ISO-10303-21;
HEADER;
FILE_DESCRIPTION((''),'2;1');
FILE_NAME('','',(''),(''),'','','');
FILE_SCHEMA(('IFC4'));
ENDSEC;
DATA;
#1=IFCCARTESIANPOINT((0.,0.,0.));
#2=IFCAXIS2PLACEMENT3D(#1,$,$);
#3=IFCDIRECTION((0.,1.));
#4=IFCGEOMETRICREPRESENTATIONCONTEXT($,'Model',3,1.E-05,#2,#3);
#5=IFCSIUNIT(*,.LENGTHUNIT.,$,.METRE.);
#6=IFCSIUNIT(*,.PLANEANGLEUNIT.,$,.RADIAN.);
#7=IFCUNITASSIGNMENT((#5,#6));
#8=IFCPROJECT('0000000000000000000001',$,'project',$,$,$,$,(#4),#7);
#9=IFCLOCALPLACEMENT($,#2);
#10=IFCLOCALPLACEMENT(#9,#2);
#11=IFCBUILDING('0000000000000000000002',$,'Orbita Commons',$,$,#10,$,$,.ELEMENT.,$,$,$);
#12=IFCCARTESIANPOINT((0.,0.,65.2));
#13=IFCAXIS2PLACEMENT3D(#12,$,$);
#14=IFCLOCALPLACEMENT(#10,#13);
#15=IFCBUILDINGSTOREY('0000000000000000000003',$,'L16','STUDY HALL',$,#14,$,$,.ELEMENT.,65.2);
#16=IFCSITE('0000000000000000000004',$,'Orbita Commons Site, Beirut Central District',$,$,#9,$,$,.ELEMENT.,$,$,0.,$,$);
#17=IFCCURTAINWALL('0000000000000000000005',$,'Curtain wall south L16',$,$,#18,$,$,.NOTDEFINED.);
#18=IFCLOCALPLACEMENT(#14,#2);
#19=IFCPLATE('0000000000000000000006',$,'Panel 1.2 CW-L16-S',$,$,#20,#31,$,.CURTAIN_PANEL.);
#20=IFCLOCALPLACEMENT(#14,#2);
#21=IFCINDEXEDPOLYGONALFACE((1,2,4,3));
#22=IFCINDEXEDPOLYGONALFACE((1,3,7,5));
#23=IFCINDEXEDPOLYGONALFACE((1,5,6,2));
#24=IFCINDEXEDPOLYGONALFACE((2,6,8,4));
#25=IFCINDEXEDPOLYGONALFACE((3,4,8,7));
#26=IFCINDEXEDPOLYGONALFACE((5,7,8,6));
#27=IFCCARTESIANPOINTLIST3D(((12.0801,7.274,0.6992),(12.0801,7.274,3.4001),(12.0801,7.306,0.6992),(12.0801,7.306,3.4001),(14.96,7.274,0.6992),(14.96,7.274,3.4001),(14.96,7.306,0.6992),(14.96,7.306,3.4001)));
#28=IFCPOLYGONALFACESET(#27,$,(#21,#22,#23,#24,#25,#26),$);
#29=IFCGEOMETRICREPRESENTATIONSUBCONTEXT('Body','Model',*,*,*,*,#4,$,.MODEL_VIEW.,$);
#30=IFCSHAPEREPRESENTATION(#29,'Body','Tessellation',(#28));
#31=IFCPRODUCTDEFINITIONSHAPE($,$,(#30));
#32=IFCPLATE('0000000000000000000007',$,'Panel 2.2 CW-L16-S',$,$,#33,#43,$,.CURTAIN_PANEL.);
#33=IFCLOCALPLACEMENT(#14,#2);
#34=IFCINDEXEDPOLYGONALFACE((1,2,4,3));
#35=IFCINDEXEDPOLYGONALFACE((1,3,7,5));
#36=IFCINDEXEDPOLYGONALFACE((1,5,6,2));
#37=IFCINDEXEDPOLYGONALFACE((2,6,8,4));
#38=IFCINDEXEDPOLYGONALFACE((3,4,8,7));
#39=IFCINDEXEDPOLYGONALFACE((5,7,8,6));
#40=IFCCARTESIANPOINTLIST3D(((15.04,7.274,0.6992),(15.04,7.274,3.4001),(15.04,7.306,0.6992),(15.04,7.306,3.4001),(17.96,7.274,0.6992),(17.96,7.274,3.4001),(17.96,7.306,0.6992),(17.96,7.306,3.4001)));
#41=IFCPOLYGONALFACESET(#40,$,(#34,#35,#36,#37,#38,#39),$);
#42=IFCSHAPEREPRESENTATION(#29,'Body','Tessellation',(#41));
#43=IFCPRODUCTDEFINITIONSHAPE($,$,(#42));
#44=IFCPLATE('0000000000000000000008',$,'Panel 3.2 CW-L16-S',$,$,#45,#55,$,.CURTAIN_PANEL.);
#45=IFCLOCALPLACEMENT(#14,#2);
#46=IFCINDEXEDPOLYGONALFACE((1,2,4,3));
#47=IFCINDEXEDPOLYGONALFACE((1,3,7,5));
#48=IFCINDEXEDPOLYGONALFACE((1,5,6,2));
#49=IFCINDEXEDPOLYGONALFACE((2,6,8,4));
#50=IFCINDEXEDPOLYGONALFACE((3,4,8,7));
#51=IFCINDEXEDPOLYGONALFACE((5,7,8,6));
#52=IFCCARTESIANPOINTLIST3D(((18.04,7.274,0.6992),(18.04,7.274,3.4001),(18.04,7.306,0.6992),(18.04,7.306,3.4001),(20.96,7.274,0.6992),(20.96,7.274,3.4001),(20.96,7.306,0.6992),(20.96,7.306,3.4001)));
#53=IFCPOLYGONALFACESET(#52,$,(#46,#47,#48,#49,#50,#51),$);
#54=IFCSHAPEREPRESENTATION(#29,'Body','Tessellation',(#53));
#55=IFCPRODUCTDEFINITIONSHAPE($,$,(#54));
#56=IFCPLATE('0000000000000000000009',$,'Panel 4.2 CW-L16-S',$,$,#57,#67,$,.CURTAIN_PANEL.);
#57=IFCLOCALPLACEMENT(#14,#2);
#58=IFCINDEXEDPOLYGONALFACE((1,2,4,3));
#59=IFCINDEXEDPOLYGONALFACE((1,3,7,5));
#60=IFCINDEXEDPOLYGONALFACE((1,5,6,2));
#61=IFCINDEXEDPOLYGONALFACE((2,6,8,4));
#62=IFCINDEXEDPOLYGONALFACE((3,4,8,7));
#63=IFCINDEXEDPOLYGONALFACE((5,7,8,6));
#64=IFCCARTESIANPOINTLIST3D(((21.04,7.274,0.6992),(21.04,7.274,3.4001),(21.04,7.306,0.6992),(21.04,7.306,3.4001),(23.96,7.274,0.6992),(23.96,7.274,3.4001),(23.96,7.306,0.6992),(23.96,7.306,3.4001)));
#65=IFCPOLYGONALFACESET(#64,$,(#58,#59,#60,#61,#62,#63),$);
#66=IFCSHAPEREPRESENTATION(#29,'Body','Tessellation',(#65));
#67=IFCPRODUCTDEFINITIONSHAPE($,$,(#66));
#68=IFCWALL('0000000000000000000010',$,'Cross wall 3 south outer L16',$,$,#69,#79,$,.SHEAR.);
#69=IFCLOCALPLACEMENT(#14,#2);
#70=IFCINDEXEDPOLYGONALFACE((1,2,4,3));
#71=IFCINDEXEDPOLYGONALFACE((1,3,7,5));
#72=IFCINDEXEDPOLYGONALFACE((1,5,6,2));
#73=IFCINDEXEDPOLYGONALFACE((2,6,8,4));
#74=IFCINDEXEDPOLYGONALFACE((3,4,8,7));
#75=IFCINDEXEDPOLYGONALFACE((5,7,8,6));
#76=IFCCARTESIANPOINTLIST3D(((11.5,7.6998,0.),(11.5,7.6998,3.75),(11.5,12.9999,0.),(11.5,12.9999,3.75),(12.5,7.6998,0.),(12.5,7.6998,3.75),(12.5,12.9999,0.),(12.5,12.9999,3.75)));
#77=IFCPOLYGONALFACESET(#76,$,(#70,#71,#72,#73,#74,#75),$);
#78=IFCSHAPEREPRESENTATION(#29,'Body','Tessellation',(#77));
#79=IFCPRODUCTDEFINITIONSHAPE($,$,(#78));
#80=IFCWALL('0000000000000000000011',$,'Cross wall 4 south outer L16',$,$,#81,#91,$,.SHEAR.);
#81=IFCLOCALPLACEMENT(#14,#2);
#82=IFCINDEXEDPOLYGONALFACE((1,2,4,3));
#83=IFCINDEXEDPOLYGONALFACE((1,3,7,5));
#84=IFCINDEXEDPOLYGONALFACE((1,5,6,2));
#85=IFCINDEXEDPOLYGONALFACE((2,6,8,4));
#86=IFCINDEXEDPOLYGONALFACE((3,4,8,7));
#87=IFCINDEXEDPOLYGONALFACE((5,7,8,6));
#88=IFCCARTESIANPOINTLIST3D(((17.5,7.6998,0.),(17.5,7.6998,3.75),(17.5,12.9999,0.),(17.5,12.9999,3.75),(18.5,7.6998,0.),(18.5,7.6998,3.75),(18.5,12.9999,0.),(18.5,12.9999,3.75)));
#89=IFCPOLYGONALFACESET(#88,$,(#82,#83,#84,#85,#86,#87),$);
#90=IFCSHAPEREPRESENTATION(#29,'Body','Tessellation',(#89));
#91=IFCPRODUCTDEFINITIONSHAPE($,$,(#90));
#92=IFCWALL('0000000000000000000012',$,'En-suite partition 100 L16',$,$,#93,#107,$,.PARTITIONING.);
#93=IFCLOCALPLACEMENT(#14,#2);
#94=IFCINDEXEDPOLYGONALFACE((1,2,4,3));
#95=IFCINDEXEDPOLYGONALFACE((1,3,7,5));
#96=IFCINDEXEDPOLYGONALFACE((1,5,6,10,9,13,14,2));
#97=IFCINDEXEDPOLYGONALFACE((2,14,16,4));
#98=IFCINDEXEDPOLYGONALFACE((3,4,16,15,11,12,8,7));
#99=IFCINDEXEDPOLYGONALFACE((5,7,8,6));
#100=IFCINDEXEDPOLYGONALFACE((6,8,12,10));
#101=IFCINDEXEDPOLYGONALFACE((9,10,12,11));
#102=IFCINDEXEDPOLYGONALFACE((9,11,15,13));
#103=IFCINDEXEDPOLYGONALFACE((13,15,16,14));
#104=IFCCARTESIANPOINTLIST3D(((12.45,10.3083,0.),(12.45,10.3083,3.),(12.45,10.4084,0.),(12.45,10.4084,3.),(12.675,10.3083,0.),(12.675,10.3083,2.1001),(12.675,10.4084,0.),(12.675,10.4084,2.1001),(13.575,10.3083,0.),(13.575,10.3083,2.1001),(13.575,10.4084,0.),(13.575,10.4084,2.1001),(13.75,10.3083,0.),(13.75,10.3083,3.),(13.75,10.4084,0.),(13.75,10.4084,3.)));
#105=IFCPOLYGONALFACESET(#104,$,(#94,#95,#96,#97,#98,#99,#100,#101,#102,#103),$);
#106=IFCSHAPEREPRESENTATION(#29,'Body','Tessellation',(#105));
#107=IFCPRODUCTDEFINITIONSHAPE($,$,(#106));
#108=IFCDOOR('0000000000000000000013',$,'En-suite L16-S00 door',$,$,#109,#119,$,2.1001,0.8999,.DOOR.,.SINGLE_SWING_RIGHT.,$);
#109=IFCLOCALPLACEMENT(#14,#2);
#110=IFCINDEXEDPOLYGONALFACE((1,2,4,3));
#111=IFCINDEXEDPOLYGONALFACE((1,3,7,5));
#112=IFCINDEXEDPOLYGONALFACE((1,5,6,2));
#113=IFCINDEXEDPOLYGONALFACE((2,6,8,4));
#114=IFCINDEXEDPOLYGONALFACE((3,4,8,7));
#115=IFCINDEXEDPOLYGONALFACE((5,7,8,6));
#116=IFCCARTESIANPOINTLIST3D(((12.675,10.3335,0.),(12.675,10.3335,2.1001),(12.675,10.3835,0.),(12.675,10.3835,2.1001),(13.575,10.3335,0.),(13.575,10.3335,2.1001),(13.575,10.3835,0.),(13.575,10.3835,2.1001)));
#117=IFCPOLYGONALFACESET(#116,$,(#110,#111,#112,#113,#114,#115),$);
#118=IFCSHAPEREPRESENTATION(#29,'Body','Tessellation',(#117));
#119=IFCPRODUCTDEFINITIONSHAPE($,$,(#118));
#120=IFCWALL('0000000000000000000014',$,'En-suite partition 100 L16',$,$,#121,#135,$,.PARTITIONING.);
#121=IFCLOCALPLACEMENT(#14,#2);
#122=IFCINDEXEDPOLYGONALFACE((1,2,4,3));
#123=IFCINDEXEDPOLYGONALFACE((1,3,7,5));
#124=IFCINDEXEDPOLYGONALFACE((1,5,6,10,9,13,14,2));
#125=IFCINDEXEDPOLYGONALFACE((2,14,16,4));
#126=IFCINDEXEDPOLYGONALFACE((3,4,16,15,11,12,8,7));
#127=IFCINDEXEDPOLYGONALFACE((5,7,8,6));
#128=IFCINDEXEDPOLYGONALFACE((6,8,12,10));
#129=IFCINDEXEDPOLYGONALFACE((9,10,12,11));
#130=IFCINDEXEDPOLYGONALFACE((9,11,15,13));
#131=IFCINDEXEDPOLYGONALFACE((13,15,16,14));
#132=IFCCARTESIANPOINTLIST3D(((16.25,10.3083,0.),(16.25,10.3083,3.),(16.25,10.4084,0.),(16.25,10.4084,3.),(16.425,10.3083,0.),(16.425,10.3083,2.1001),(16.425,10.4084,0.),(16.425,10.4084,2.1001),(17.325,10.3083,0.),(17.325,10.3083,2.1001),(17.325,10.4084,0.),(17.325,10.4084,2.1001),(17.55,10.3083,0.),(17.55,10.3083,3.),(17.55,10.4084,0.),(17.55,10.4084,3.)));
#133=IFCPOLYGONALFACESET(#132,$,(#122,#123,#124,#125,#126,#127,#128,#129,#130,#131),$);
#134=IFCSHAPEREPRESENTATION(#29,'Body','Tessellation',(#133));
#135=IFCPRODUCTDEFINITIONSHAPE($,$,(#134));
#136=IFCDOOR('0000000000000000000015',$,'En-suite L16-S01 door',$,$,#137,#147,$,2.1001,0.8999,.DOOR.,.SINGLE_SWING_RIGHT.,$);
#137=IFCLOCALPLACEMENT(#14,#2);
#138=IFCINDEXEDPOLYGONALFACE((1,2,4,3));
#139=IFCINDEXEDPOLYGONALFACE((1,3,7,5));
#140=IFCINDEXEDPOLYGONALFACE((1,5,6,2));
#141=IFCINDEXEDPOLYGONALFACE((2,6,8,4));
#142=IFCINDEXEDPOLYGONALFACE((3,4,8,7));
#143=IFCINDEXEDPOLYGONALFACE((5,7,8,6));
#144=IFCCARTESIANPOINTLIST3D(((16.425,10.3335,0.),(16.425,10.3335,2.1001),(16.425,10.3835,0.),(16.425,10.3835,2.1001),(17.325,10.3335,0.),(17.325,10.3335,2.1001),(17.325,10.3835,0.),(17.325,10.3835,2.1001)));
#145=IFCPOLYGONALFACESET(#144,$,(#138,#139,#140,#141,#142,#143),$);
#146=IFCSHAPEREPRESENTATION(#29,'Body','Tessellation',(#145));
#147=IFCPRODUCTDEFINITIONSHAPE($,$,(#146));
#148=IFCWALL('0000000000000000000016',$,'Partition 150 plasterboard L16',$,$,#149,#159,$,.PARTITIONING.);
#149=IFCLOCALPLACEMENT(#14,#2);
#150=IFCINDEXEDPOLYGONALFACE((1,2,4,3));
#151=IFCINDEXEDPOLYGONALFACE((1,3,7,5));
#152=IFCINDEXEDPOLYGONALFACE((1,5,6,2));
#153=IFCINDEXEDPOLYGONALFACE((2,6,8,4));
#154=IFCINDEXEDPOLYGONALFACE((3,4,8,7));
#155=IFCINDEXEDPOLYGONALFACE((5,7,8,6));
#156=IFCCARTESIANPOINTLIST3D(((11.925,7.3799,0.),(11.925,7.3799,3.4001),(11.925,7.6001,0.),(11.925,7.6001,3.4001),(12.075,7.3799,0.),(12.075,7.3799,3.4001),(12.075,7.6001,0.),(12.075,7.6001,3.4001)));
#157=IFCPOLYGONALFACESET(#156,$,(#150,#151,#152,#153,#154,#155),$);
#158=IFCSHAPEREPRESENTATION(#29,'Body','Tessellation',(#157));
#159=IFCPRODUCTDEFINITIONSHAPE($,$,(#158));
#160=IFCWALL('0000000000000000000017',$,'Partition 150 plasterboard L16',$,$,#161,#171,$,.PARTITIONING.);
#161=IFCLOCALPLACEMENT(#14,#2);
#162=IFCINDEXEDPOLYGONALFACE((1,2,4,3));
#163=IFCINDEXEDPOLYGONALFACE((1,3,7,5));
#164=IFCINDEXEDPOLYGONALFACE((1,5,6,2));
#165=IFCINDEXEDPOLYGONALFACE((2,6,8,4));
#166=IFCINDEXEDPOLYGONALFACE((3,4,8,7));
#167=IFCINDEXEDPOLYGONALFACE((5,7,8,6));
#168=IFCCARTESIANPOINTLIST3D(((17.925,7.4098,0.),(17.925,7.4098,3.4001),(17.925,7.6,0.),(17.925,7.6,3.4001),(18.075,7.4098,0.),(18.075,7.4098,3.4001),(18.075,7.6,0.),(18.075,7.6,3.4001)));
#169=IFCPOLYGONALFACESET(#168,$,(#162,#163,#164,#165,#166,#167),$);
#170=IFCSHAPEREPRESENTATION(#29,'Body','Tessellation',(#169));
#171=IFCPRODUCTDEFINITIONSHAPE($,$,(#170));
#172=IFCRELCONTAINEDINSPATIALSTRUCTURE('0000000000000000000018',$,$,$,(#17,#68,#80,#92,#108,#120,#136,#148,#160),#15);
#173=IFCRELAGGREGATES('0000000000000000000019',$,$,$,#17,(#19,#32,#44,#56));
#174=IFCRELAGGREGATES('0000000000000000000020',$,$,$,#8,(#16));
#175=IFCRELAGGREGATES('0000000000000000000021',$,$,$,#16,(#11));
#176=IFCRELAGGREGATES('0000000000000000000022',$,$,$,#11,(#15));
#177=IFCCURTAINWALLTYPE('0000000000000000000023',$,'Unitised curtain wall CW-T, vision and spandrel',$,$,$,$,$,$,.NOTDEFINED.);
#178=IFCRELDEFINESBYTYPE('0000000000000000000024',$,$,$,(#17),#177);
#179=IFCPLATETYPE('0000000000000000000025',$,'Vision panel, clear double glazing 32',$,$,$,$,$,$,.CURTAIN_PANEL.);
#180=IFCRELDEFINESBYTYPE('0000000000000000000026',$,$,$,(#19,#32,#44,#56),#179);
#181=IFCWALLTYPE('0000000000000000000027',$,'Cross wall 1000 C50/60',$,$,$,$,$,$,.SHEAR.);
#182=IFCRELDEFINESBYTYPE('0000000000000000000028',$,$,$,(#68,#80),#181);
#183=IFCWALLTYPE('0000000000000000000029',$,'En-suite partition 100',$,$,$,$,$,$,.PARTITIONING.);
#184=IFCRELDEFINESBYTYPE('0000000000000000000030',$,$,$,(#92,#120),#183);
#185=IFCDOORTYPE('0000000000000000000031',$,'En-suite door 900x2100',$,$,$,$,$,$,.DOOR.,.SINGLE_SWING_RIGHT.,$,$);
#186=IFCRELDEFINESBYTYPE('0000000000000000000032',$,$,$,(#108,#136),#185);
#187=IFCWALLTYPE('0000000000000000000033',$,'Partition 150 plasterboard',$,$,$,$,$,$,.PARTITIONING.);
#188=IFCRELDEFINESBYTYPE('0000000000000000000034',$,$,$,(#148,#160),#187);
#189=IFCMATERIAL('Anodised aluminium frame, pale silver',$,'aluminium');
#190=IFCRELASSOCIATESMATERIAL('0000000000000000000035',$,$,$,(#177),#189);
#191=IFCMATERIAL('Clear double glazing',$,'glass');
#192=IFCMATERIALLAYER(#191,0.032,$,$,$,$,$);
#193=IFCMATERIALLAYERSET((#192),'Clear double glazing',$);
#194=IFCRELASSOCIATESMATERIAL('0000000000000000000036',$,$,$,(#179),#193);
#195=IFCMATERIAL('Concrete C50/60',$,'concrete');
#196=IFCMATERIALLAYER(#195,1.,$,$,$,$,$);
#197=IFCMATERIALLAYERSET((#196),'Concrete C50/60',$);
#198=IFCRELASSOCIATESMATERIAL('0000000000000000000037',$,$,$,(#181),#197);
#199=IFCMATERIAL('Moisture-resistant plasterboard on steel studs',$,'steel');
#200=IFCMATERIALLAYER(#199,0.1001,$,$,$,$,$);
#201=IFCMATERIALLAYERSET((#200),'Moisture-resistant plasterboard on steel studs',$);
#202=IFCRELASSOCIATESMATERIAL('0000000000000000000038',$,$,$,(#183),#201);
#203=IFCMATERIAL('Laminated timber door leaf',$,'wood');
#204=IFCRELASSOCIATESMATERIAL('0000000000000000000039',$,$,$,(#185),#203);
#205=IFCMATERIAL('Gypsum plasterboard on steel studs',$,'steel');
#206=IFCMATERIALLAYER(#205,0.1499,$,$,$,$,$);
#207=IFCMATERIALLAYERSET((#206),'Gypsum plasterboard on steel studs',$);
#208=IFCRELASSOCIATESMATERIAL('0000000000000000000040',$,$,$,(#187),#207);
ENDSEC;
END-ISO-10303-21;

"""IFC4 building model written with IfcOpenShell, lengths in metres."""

from ifc_helpers import new_model, si_unit, direction, frame, frame_2d, origin, origin_2d, place, context, subcontext, project, spatial, polyline, rectangle, outline, extrude, material, layer, layer_set, type_object, element, fill, aggregate, save


model = new_model("IFC4")

# Units and contexts
model_context = context("Model", 3, precision=1e-05, world=origin(), true_north=direction((0.0, 1.0)))
body_context = subcontext(model_context, "Body", "Model", "MODEL_VIEW")
ifc_project = project(units=[si_unit("LENGTHUNIT", "METRE"), si_unit("PLANEANGLEUNIT", "RADIAN")], contexts=[model_context])

# Site, building, storey
site_placement = place(None, origin())
site = spatial("IfcSite", under=ifc_project, at=site_placement, Name="Orbita Commons Site, Beirut Central District", CompositionType="ELEMENT", RefElevation=0.0)
building_placement = place(site_placement, origin())
building = spatial("IfcBuilding", under=site, at=building_placement, Name="Orbita Commons", CompositionType="ELEMENT")
storey_placement = place(building_placement, frame((0.0, 0.0, 65.2)))
storey = spatial("IfcBuildingStorey", under=building, at=storey_placement, Name="L16", Description="STUDY HALL", CompositionType="ELEMENT", Elevation=65.2)

# Curtain wall
ifc_material_1 = material(Name="Anodised aluminium frame, pale silver", Category="aluminium")
curtain_wall_type = type_object("IfcCurtainWallType", Name="Unitised curtain wall CW-T, vision and spandrel", PredefinedType="NOTDEFINED", material=ifc_material_1)
curtain_wall_placement = place(storey_placement, origin())
curtain_wall = element("IfcCurtainWall", 1, at=curtain_wall_placement, inside=storey, type_object=curtain_wall_type, Name="Curtain wall south L16", PredefinedType="NOTDEFINED")

# Plates
ifc_material_2 = material(Name="Clear double glazing", Category="glass")
ifc_layer_1 = layer(ifc_material_2, 0.032)
ifc_layer_set_1 = layer_set([ifc_layer_1], Name="Clear double glazing")
plate_type_1 = type_object("IfcPlateType", Name="Vision panel, clear double glazing 32", PredefinedType="CURTAIN_PANEL", material=ifc_layer_set_1)
plate_1_placement = place(storey_placement, frame((13.52, 7.29, 0.6992), z_axis=(0.0, 0.0, 1.0), x_axis=(1.0, 0.0, 0.0)))
plate_1 = element("IfcPlate", 2, at=plate_1_placement, type_object=plate_type_1, Name="Panel 1.2 CW-L16-S", PredefinedType="CURTAIN_PANEL", context=body_context, shape_type="SweptSolid", body=[
    extrude(rectangle(XDim=2.8799, YDim=0.032, at=origin_2d()), origin(), (0.0, 0.0, 1.0), 2.7009),
])
plate_2_placement = place(storey_placement, frame((16.5, 7.29, 0.6992), z_axis=(0.0, 0.0, 1.0), x_axis=(1.0, 0.0, 0.0)))
plate_2 = element("IfcPlate", 3, at=plate_2_placement, type_object=plate_type_1, Name="Panel 2.2 CW-L16-S", PredefinedType="CURTAIN_PANEL", context=body_context, shape_type="SweptSolid", body=[
    extrude(rectangle(XDim=2.9199, YDim=0.032, at=origin_2d()), origin(), (0.0, 0.0, 1.0), 2.7009),
])
plate_3_placement = place(storey_placement, frame((19.5, 7.29, 0.6992), z_axis=(0.0, 0.0, 1.0), x_axis=(1.0, 0.0, 0.0)))
plate_3 = element("IfcPlate", 4, at=plate_3_placement, type_object=plate_type_1, Name="Panel 3.2 CW-L16-S", PredefinedType="CURTAIN_PANEL", context=body_context, shape_type="SweptSolid", body=[
    extrude(rectangle(XDim=2.9199, YDim=0.032, at=origin_2d()), origin(), (0.0, 0.0, 1.0), 2.7009),
])
plate_4_placement = place(storey_placement, frame((22.5, 7.29, 0.6992), z_axis=(0.0, 0.0, 1.0), x_axis=(1.0, 0.0, 0.0)))
plate_4 = element("IfcPlate", 5, at=plate_4_placement, type_object=plate_type_1, Name="Panel 4.2 CW-L16-S", PredefinedType="CURTAIN_PANEL", context=body_context, shape_type="SweptSolid", body=[
    extrude(rectangle(XDim=2.9199, YDim=0.032, at=origin_2d()), origin(), (0.0, 0.0, 1.0), 2.7009),
])
aggregate(curtain_wall, [plate_1, plate_2, plate_3, plate_4])

# Walls
ifc_material_3 = material(Name="Concrete C50/60", Category="concrete")
ifc_layer_2 = layer(ifc_material_3, 1.0)
ifc_layer_set_2 = layer_set([ifc_layer_2], Name="Concrete C50/60")
wall_type_1 = type_object("IfcWallType", Name="Cross wall 1000 C50/60", PredefinedType="SHEAR", material=ifc_layer_set_2)
for number, where, z_axis, x_axis, name in (
    (6, (12.0, 7.7, 0.0), (0.0, 0.0, 1.0), (0.0, 1.0, 0.0), "Cross wall 3 south outer L16"),
    (7, (18.0, 7.7, 0.0), (0.0, 0.0, 1.0), (0.0, 1.0, 0.0), "Cross wall 4 south outer L16"),
):
    element("IfcWall", number, at=place(storey_placement, frame(where, z_axis=z_axis, x_axis=x_axis)), inside=storey, type_object=wall_type_1, Name=name, PredefinedType="SHEAR", context=body_context, shape_type="SweptSolid", body=[
        extrude(rectangle(XDim=5.3, YDim=1.0, at=frame_2d((2.6499, 0.0))), origin(), (0.0, 0.0, 1.0), 3.75),
    ])

# Walls, openings, doors
ifc_material_4 = material(Name="Moisture-resistant plasterboard on steel studs", Category="steel")
ifc_layer_3 = layer(ifc_material_4, 0.1001)
ifc_layer_set_3 = layer_set([ifc_layer_3], Name="Moisture-resistant plasterboard on steel studs")
wall_type_2 = type_object("IfcWallType", Name="En-suite partition 100", PredefinedType="PARTITIONING", material=ifc_layer_set_3)
wall_1_placement = place(storey_placement, frame((13.75, 10.3584, 0.0), z_axis=(0.0, 0.0, 1.0), x_axis=(-1.0, 0.0, 0.0)))
wall_1 = element("IfcWall", 8, at=wall_1_placement, inside=storey, type_object=wall_type_2, Name="En-suite partition 100 L16", PredefinedType="PARTITIONING", context=body_context, shape_type="SweptSolid", body=[
    extrude(outline(polyline([(0.0, 0.0), (1.3, 0.0), (1.3, 3.0), (0.0, 3.0), (0.0, 0.0)])), frame((0.0, 0.05, 0.0), z_axis=(0.0, -1.0, 0.0), x_axis=(1.0, 0.0, 0.0)), (0.0, 0.0, 1.0), 0.1001),
])
opening_1_placement = place(wall_1_placement, frame((0.175, 0.0, 0.0)))
opening_1 = element("IfcOpeningElement", 9, at=opening_1_placement, cuts=wall_1, PredefinedType="OPENING", context=body_context, shape_type="SweptSolid", body=[
    extrude(rectangle(XDim=0.8999, YDim=2.1001, at=frame_2d((0.45, 1.05))), frame((0.0, 0.0601, 0.0), z_axis=(0.0, -1.0, 0.0), x_axis=(1.0, 0.0, 0.0)), (0.0, 0.0, 1.0), 0.1201),
])
ifc_material_5 = material(Name="Laminated timber door leaf", Category="wood")
door_type = type_object("IfcDoorType", Name="En-suite door 900x2100", OperationType="SINGLE_SWING_RIGHT", PredefinedType="DOOR", material=ifc_material_5)
door_1_placement = place(opening_1_placement, origin())
door_1 = element("IfcDoor", 10, at=door_1_placement, inside=storey, type_object=door_type, Name="En-suite L16-S00 door", OperationType="SINGLE_SWING_RIGHT", OverallHeight=2.1001, OverallWidth=0.8999, PredefinedType="DOOR", context=body_context, shape_type="SweptSolid", body=[
    extrude(rectangle(XDim=0.8999, YDim=2.1001, at=frame_2d((0.45, 1.05))), frame((0.0, 0.0249, 0.0), z_axis=(0.0, -1.0, 0.0), x_axis=(1.0, 0.0, 0.0)), (0.0, 0.0, 1.0), 0.05),
])
fill(opening_1, door_1)
wall_2_placement = place(storey_placement, frame((17.55, 10.3584, 0.0), z_axis=(0.0, 0.0, 1.0), x_axis=(-1.0, 0.0, 0.0)))
wall_2 = element("IfcWall", 11, at=wall_2_placement, inside=storey, type_object=wall_type_2, Name="En-suite partition 100 L16", PredefinedType="PARTITIONING", context=body_context, shape_type="SweptSolid", body=[
    extrude(outline(polyline([(0.0, 0.0), (1.3, 0.0), (1.3, 3.0), (0.0, 3.0), (0.0, 0.0)])), frame((0.0, 0.05, 0.0), z_axis=(0.0, -1.0, 0.0), x_axis=(1.0, 0.0, 0.0)), (0.0, 0.0, 1.0), 0.1001),
])
opening_2_placement = place(wall_2_placement, frame((0.2251, 0.0, 0.0)))
opening_2 = element("IfcOpeningElement", 12, at=opening_2_placement, cuts=wall_2, PredefinedType="OPENING", context=body_context, shape_type="SweptSolid", body=[
    extrude(rectangle(XDim=0.8999, YDim=2.1001, at=frame_2d((0.45, 1.05))), frame((0.0, 0.0601, 0.0), z_axis=(0.0, -1.0, 0.0), x_axis=(1.0, 0.0, 0.0)), (0.0, 0.0, 1.0), 0.1201),
])
door_2_placement = place(opening_2_placement, origin())
door_2 = element("IfcDoor", 13, at=door_2_placement, inside=storey, type_object=door_type, Name="En-suite L16-S01 door", OperationType="SINGLE_SWING_RIGHT", OverallHeight=2.1001, OverallWidth=0.8999, PredefinedType="DOOR", context=body_context, shape_type="SweptSolid", body=[
    extrude(rectangle(XDim=0.8999, YDim=2.1001, at=frame_2d((0.45, 1.05))), frame((0.0, 0.0249, 0.0), z_axis=(0.0, -1.0, 0.0), x_axis=(1.0, 0.0, 0.0)), (0.0, 0.0, 1.0), 0.05),
])
fill(opening_2, door_2)

# Walls
ifc_material_6 = material(Name="Gypsum plasterboard on steel studs", Category="steel")
ifc_layer_4 = layer(ifc_material_6, 0.1499)
ifc_layer_set_4 = layer_set([ifc_layer_4], Name="Gypsum plasterboard on steel studs")
wall_type_3 = type_object("IfcWallType", Name="Partition 150 plasterboard", PredefinedType="PARTITIONING", material=ifc_layer_set_4)
wall_3_placement = place(storey_placement, frame((12.0, 7.6001, 0.0), z_axis=(0.0, 0.0, 1.0), x_axis=(0.0, -1.0, 0.0)))
element("IfcWall", 14, at=wall_3_placement, inside=storey, type_object=wall_type_3, Name="Partition 150 plasterboard L16", PredefinedType="PARTITIONING", context=body_context, shape_type="SweptSolid", body=[
    extrude(rectangle(XDim=0.2202, YDim=0.1499, at=frame_2d((0.1101, 0.0))), origin(), (0.0, 0.0, 1.0), 3.4001),
])
wall_4_placement = place(storey_placement, frame((18.0, 7.6001, 0.0), z_axis=(0.0, 0.0, 1.0), x_axis=(0.0, -1.0, 0.0)))
element("IfcWall", 15, at=wall_4_placement, inside=storey, type_object=wall_type_3, Name="Partition 150 plasterboard L16", PredefinedType="PARTITIONING", context=body_context, shape_type="SweptSolid", body=[
    extrude(rectangle(XDim=0.1902, YDim=0.1499, at=frame_2d((0.0952, 0.0))), origin(), (0.0, 0.0, 1.0), 3.4001),
])

save(model, "model.ifc")
